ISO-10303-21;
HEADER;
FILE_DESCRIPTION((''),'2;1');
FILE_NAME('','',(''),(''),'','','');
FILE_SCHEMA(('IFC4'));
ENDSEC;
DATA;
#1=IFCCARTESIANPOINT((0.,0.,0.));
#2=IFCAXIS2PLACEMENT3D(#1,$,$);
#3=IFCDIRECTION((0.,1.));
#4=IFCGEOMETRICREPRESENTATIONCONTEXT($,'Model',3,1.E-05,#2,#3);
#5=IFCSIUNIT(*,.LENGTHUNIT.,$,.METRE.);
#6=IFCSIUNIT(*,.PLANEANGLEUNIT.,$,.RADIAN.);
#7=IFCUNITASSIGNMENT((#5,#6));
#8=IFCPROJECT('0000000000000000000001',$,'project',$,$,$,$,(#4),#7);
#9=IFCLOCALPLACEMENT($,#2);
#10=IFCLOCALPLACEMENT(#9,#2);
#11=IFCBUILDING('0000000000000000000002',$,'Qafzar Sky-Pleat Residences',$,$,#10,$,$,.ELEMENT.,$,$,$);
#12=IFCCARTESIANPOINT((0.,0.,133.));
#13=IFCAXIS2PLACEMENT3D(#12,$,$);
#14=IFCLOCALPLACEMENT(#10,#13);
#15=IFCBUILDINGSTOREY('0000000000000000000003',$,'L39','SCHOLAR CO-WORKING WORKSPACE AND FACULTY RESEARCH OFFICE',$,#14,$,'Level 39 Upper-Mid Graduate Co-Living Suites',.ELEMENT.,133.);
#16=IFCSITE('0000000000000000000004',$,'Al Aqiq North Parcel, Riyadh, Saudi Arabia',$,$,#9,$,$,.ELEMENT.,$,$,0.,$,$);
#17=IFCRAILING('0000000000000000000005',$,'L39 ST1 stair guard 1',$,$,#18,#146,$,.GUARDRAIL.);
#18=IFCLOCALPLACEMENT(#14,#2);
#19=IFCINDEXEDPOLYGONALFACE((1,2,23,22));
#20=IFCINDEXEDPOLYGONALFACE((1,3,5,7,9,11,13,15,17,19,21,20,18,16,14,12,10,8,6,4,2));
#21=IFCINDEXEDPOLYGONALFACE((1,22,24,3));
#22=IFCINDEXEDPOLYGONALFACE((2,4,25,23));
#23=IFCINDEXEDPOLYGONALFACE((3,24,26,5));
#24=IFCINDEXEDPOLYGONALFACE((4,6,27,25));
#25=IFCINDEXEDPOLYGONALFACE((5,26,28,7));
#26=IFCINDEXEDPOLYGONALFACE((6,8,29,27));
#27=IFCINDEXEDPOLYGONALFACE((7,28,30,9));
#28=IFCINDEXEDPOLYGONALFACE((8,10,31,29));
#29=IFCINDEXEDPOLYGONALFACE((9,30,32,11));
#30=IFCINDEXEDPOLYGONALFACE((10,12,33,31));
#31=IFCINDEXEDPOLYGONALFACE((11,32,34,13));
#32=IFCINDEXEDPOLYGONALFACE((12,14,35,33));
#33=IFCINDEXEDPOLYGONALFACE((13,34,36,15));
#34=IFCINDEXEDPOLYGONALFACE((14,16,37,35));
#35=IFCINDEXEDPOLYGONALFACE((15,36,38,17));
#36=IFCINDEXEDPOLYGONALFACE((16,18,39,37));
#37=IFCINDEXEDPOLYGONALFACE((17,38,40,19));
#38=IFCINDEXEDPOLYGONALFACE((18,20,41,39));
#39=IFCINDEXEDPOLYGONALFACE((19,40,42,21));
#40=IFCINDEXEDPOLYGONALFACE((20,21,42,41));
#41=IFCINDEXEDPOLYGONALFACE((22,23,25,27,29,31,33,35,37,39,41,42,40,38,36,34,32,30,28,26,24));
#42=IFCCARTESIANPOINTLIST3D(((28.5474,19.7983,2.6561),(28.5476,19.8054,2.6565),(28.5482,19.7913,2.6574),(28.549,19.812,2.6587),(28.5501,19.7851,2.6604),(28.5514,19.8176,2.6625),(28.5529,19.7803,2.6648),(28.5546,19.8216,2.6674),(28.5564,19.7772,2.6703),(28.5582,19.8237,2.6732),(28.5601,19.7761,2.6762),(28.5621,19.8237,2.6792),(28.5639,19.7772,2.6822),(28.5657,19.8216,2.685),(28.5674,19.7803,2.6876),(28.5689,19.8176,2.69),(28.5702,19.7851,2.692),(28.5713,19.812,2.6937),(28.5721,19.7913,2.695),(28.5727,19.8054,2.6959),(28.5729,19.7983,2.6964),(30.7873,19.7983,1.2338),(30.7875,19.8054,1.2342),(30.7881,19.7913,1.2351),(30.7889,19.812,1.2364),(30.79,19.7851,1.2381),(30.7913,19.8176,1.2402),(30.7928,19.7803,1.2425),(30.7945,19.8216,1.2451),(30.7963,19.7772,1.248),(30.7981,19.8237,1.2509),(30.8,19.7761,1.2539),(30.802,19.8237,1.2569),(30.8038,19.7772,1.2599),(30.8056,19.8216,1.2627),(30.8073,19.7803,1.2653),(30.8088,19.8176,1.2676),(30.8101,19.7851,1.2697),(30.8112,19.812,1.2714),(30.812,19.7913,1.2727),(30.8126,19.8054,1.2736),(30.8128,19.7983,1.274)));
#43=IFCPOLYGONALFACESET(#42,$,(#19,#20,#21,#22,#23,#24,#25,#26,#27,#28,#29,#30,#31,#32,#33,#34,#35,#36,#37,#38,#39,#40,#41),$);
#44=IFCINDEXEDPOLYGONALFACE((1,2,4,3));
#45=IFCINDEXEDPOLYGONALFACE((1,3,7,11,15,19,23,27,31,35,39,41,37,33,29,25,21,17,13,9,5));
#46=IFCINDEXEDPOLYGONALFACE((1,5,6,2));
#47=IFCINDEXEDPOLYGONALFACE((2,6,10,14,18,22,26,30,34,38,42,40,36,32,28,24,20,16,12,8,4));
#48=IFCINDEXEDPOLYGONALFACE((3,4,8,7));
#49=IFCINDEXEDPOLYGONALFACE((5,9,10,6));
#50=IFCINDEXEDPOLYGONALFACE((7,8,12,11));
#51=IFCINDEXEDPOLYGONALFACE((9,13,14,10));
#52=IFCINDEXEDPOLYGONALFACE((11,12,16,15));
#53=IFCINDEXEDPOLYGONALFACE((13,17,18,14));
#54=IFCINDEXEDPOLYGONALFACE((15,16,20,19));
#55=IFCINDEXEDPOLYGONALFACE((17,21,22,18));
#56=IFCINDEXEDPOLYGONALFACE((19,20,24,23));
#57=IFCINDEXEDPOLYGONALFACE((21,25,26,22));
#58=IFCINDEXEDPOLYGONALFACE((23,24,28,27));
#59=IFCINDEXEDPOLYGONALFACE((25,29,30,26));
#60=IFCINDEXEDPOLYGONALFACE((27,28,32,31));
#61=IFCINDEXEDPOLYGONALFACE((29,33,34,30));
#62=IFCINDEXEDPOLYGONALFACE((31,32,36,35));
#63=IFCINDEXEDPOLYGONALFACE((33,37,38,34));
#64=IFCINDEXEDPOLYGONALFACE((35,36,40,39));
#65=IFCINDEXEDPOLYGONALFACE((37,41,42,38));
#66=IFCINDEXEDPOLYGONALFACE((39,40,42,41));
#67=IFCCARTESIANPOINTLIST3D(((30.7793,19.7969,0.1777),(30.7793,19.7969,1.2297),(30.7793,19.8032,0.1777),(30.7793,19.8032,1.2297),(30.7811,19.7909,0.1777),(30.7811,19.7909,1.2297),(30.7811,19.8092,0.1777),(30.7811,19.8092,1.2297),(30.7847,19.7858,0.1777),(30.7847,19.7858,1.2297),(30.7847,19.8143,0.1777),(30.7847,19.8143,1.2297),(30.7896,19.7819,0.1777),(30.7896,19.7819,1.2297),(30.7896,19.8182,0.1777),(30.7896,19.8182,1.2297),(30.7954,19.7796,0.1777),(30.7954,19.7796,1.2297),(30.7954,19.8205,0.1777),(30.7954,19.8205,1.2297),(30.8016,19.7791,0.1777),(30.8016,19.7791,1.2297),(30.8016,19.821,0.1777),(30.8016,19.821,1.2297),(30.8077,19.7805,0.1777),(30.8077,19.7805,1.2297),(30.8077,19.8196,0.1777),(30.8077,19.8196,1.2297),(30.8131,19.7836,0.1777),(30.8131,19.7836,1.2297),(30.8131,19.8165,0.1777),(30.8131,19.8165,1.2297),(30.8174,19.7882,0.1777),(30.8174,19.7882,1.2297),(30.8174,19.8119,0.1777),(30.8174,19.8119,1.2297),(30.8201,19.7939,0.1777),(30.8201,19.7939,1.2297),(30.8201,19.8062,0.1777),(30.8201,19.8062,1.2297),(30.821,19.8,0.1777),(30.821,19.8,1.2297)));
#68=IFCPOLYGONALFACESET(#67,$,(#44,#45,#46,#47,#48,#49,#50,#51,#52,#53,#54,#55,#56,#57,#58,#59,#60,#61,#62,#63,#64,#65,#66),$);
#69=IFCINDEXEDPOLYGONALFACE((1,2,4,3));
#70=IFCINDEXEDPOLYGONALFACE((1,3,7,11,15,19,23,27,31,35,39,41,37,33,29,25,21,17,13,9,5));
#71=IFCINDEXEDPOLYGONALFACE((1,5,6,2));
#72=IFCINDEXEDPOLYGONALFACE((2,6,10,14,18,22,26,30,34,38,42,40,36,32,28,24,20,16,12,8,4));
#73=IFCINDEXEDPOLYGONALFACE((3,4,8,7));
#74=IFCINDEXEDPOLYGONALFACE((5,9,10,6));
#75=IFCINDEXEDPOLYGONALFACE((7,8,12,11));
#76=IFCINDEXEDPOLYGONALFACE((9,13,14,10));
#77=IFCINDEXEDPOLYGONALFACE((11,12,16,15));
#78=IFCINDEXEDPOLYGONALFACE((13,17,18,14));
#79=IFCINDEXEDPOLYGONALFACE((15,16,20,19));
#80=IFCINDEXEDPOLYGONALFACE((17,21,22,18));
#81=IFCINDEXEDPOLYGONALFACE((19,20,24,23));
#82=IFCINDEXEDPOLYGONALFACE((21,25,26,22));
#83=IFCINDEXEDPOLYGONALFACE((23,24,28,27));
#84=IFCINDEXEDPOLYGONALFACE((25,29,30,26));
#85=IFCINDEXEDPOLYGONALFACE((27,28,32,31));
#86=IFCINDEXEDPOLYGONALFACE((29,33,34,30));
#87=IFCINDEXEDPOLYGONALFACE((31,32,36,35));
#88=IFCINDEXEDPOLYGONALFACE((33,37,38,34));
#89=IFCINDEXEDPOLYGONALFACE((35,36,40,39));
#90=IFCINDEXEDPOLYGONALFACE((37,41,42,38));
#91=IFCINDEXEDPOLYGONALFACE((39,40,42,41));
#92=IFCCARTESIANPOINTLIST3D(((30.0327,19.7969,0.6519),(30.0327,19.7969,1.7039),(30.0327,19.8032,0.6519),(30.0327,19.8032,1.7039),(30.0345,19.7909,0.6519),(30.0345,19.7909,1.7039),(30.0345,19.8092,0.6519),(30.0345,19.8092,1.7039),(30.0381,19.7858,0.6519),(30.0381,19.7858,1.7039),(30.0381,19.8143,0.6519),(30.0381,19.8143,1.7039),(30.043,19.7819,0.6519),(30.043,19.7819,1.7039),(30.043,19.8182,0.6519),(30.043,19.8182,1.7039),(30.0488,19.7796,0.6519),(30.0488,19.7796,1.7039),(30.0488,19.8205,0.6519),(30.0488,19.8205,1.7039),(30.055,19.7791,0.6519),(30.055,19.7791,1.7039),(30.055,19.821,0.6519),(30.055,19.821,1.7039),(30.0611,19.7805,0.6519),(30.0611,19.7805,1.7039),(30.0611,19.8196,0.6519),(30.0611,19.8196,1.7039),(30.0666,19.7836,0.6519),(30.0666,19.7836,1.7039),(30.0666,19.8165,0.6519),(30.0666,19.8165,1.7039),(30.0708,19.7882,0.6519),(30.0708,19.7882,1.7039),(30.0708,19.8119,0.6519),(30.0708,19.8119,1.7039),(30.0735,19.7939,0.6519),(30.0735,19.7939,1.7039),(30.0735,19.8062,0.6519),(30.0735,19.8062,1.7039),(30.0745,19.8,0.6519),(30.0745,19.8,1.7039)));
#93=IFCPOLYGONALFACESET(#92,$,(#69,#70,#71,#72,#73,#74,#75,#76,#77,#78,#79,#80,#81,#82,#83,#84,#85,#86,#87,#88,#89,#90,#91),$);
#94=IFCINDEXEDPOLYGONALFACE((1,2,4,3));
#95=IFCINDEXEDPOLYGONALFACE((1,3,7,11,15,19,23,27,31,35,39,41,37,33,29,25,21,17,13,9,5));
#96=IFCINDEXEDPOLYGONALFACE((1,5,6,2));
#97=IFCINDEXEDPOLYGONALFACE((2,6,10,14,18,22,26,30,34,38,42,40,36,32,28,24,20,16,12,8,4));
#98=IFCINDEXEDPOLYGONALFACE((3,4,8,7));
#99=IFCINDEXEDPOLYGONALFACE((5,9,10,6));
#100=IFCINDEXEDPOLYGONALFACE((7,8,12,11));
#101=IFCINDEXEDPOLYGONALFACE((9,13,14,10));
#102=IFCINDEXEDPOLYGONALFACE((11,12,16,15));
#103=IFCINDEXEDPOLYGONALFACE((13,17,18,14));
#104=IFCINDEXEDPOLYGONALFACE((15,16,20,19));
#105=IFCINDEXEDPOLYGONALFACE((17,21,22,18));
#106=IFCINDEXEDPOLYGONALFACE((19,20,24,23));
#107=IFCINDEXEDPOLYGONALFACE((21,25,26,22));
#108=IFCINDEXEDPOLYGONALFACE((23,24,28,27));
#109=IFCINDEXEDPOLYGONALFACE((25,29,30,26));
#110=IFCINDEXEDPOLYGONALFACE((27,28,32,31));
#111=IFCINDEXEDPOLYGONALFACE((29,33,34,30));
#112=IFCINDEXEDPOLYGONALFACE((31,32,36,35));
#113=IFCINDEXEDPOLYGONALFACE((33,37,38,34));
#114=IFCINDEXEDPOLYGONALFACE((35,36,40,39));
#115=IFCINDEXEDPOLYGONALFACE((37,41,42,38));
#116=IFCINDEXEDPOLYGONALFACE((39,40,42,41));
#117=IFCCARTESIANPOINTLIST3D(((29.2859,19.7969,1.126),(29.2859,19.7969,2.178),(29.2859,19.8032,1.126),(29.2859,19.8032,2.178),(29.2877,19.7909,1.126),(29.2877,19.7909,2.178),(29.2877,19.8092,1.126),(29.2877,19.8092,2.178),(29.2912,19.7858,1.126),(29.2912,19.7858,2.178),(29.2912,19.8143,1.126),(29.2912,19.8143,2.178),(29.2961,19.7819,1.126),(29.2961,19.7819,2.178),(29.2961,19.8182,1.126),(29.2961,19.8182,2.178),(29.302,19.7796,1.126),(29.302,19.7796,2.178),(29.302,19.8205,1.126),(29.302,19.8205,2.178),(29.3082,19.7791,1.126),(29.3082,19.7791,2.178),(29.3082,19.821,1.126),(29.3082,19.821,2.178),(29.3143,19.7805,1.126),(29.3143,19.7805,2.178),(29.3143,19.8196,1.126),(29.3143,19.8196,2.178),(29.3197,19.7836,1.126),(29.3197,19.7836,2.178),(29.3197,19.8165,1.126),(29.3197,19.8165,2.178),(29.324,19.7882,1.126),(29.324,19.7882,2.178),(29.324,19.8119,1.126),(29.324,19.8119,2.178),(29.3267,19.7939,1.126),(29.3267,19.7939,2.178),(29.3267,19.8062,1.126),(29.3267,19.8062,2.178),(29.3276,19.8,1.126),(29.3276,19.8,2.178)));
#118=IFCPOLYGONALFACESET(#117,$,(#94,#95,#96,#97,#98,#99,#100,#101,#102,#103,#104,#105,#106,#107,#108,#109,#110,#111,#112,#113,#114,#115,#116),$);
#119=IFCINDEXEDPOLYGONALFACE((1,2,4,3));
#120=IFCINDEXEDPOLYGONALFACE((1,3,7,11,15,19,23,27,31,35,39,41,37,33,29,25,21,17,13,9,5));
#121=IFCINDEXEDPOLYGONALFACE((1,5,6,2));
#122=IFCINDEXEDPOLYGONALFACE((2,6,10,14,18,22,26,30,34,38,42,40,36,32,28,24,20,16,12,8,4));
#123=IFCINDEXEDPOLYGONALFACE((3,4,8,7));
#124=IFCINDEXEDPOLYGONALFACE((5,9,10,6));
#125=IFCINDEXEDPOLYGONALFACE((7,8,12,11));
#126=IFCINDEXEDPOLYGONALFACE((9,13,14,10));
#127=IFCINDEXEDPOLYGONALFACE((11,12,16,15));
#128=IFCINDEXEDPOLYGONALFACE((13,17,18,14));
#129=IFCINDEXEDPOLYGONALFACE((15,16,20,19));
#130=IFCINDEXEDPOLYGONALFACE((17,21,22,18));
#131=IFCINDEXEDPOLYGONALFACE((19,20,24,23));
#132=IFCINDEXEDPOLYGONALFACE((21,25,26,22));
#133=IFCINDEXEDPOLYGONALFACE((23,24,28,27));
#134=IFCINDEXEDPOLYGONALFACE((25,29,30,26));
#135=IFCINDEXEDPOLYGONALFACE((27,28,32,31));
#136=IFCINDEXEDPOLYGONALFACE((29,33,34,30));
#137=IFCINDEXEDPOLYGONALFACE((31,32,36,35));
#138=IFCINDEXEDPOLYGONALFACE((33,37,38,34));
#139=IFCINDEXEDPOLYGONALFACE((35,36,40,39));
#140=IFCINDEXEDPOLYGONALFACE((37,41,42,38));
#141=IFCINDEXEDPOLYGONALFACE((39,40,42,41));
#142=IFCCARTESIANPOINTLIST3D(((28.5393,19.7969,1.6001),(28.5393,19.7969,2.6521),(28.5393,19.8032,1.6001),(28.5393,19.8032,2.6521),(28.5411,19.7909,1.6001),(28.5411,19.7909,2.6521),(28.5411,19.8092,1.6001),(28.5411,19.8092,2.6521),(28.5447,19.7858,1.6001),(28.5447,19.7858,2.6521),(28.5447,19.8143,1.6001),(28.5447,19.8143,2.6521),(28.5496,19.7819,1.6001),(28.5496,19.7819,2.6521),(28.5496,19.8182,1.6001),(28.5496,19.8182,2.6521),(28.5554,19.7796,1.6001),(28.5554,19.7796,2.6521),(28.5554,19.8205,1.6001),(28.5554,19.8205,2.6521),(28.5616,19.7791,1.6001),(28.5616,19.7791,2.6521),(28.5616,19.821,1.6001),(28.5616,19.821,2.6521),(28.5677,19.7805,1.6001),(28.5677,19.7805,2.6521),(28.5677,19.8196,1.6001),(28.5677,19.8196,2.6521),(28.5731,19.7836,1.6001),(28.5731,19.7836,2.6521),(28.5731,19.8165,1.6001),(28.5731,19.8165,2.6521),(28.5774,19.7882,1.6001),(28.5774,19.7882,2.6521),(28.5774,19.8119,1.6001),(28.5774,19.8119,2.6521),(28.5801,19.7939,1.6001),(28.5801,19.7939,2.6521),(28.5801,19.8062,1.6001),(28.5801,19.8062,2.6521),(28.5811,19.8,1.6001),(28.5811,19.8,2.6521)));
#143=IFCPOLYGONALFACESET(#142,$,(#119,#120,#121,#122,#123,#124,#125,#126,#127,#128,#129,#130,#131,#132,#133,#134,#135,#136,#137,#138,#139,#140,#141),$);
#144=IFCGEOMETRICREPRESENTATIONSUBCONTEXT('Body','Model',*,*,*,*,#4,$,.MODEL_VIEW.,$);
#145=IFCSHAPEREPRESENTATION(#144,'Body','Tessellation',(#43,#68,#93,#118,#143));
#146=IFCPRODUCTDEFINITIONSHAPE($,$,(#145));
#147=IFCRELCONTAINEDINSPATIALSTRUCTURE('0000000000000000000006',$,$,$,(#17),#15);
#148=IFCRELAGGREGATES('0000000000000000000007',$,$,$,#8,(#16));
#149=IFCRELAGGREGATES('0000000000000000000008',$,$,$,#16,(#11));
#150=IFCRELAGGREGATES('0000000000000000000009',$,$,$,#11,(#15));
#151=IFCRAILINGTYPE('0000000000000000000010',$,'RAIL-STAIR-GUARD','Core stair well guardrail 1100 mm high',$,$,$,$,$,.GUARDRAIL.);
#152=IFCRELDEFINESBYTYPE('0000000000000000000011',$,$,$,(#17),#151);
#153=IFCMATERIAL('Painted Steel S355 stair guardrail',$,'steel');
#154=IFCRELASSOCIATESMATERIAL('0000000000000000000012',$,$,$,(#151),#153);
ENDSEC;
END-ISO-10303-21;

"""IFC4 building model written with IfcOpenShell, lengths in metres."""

from ifc_helpers import new_model, si_unit, direction, frame, origin, origin_2d, place, context, subcontext, project, spatial, circle, extrude, source, transform, mapped, material, type_object, element, save


model = new_model("IFC4")

# Units and contexts
model_context = context("Model", 3, precision=1e-05, world=origin(), true_north=direction((0.0, 1.0)))
body_context = subcontext(model_context, "Body", "Model", "MODEL_VIEW")
ifc_project = project(units=[si_unit("LENGTHUNIT", "METRE"), si_unit("PLANEANGLEUNIT", "RADIAN")], contexts=[model_context])

# Site, building, storey
site_placement = place(None, origin())
site = spatial("IfcSite", under=ifc_project, at=site_placement, Name="Al Aqiq North Parcel, Riyadh, Saudi Arabia", CompositionType="ELEMENT", RefElevation=0.0)
building_placement = place(site_placement, origin())
building = spatial("IfcBuilding", under=site, at=building_placement, Name="Qafzar Sky-Pleat Residences", CompositionType="ELEMENT")
storey_placement = place(building_placement, frame((0.0, 0.0, 133.0)))
storey = spatial("IfcBuildingStorey", under=building, at=storey_placement, Name="L39", Description="SCHOLAR CO-WORKING WORKSPACE AND FACULTY RESEARCH OFFICE", LongName="Level 39 Upper-Mid Graduate Co-Living Suites", CompositionType="ELEMENT", Elevation=133.0)

# Railing
ifc_material_1 = material(Name="Painted Steel S355 stair guardrail", Category="steel")
railing_type_1 = type_object("IfcRailingType", Name="RAIL-STAIR-GUARD", Description="Core stair well guardrail 1100 mm high", PredefinedType="GUARDRAIL", material=ifc_material_1)
shared_shape_1 = source(origin(), body_context, "Body", "SweptSolid", [
    extrude(circle(Radius=0.0239, at=origin_2d()), frame((0.0, 0.0, 1.0762), z_axis=(-0.844188, 0.0, 0.536048), x_axis=(0.0, -1.0, 0.0)), (0.0, 0.0, 1.0), 2.6533),
    extrude(circle(Radius=0.021, at=origin_2d()), origin(), (0.0, 0.0, 1.0), 1.052),
    extrude(circle(Radius=0.021, at=origin_2d()), frame((-0.7466, 0.0, 0.4741)), (0.0, 0.0, 1.0), 1.052),
    extrude(circle(Radius=0.021, at=origin_2d()), frame((-1.4934, 0.0, 0.9482)), (0.0, 0.0, 1.0), 1.052),
    extrude(circle(Radius=0.021, at=origin_2d()), frame((-2.24, 0.0, 1.4224)), (0.0, 0.0, 1.0), 1.052),
])
railing_1_placement = place(storey_placement, frame((30.8, 19.8, 0.1777)))
element("IfcRailing", 1, at=railing_1_placement, inside=storey, type_object=railing_type_1, Name="L39 ST1 stair guard 1", PredefinedType="GUARDRAIL", context=body_context, shape_type="MappedRepresentation", body=[
    mapped(shared_shape_1, transform((0.0, 0.0, 0.0), x_axis=(1.0, 0.0, 0.0), y_axis=(0.0, 1.0, 0.0), z_axis=(0.0, 0.0, 1.0), scale=1.0)),
])

save(model, "model.ifc")
